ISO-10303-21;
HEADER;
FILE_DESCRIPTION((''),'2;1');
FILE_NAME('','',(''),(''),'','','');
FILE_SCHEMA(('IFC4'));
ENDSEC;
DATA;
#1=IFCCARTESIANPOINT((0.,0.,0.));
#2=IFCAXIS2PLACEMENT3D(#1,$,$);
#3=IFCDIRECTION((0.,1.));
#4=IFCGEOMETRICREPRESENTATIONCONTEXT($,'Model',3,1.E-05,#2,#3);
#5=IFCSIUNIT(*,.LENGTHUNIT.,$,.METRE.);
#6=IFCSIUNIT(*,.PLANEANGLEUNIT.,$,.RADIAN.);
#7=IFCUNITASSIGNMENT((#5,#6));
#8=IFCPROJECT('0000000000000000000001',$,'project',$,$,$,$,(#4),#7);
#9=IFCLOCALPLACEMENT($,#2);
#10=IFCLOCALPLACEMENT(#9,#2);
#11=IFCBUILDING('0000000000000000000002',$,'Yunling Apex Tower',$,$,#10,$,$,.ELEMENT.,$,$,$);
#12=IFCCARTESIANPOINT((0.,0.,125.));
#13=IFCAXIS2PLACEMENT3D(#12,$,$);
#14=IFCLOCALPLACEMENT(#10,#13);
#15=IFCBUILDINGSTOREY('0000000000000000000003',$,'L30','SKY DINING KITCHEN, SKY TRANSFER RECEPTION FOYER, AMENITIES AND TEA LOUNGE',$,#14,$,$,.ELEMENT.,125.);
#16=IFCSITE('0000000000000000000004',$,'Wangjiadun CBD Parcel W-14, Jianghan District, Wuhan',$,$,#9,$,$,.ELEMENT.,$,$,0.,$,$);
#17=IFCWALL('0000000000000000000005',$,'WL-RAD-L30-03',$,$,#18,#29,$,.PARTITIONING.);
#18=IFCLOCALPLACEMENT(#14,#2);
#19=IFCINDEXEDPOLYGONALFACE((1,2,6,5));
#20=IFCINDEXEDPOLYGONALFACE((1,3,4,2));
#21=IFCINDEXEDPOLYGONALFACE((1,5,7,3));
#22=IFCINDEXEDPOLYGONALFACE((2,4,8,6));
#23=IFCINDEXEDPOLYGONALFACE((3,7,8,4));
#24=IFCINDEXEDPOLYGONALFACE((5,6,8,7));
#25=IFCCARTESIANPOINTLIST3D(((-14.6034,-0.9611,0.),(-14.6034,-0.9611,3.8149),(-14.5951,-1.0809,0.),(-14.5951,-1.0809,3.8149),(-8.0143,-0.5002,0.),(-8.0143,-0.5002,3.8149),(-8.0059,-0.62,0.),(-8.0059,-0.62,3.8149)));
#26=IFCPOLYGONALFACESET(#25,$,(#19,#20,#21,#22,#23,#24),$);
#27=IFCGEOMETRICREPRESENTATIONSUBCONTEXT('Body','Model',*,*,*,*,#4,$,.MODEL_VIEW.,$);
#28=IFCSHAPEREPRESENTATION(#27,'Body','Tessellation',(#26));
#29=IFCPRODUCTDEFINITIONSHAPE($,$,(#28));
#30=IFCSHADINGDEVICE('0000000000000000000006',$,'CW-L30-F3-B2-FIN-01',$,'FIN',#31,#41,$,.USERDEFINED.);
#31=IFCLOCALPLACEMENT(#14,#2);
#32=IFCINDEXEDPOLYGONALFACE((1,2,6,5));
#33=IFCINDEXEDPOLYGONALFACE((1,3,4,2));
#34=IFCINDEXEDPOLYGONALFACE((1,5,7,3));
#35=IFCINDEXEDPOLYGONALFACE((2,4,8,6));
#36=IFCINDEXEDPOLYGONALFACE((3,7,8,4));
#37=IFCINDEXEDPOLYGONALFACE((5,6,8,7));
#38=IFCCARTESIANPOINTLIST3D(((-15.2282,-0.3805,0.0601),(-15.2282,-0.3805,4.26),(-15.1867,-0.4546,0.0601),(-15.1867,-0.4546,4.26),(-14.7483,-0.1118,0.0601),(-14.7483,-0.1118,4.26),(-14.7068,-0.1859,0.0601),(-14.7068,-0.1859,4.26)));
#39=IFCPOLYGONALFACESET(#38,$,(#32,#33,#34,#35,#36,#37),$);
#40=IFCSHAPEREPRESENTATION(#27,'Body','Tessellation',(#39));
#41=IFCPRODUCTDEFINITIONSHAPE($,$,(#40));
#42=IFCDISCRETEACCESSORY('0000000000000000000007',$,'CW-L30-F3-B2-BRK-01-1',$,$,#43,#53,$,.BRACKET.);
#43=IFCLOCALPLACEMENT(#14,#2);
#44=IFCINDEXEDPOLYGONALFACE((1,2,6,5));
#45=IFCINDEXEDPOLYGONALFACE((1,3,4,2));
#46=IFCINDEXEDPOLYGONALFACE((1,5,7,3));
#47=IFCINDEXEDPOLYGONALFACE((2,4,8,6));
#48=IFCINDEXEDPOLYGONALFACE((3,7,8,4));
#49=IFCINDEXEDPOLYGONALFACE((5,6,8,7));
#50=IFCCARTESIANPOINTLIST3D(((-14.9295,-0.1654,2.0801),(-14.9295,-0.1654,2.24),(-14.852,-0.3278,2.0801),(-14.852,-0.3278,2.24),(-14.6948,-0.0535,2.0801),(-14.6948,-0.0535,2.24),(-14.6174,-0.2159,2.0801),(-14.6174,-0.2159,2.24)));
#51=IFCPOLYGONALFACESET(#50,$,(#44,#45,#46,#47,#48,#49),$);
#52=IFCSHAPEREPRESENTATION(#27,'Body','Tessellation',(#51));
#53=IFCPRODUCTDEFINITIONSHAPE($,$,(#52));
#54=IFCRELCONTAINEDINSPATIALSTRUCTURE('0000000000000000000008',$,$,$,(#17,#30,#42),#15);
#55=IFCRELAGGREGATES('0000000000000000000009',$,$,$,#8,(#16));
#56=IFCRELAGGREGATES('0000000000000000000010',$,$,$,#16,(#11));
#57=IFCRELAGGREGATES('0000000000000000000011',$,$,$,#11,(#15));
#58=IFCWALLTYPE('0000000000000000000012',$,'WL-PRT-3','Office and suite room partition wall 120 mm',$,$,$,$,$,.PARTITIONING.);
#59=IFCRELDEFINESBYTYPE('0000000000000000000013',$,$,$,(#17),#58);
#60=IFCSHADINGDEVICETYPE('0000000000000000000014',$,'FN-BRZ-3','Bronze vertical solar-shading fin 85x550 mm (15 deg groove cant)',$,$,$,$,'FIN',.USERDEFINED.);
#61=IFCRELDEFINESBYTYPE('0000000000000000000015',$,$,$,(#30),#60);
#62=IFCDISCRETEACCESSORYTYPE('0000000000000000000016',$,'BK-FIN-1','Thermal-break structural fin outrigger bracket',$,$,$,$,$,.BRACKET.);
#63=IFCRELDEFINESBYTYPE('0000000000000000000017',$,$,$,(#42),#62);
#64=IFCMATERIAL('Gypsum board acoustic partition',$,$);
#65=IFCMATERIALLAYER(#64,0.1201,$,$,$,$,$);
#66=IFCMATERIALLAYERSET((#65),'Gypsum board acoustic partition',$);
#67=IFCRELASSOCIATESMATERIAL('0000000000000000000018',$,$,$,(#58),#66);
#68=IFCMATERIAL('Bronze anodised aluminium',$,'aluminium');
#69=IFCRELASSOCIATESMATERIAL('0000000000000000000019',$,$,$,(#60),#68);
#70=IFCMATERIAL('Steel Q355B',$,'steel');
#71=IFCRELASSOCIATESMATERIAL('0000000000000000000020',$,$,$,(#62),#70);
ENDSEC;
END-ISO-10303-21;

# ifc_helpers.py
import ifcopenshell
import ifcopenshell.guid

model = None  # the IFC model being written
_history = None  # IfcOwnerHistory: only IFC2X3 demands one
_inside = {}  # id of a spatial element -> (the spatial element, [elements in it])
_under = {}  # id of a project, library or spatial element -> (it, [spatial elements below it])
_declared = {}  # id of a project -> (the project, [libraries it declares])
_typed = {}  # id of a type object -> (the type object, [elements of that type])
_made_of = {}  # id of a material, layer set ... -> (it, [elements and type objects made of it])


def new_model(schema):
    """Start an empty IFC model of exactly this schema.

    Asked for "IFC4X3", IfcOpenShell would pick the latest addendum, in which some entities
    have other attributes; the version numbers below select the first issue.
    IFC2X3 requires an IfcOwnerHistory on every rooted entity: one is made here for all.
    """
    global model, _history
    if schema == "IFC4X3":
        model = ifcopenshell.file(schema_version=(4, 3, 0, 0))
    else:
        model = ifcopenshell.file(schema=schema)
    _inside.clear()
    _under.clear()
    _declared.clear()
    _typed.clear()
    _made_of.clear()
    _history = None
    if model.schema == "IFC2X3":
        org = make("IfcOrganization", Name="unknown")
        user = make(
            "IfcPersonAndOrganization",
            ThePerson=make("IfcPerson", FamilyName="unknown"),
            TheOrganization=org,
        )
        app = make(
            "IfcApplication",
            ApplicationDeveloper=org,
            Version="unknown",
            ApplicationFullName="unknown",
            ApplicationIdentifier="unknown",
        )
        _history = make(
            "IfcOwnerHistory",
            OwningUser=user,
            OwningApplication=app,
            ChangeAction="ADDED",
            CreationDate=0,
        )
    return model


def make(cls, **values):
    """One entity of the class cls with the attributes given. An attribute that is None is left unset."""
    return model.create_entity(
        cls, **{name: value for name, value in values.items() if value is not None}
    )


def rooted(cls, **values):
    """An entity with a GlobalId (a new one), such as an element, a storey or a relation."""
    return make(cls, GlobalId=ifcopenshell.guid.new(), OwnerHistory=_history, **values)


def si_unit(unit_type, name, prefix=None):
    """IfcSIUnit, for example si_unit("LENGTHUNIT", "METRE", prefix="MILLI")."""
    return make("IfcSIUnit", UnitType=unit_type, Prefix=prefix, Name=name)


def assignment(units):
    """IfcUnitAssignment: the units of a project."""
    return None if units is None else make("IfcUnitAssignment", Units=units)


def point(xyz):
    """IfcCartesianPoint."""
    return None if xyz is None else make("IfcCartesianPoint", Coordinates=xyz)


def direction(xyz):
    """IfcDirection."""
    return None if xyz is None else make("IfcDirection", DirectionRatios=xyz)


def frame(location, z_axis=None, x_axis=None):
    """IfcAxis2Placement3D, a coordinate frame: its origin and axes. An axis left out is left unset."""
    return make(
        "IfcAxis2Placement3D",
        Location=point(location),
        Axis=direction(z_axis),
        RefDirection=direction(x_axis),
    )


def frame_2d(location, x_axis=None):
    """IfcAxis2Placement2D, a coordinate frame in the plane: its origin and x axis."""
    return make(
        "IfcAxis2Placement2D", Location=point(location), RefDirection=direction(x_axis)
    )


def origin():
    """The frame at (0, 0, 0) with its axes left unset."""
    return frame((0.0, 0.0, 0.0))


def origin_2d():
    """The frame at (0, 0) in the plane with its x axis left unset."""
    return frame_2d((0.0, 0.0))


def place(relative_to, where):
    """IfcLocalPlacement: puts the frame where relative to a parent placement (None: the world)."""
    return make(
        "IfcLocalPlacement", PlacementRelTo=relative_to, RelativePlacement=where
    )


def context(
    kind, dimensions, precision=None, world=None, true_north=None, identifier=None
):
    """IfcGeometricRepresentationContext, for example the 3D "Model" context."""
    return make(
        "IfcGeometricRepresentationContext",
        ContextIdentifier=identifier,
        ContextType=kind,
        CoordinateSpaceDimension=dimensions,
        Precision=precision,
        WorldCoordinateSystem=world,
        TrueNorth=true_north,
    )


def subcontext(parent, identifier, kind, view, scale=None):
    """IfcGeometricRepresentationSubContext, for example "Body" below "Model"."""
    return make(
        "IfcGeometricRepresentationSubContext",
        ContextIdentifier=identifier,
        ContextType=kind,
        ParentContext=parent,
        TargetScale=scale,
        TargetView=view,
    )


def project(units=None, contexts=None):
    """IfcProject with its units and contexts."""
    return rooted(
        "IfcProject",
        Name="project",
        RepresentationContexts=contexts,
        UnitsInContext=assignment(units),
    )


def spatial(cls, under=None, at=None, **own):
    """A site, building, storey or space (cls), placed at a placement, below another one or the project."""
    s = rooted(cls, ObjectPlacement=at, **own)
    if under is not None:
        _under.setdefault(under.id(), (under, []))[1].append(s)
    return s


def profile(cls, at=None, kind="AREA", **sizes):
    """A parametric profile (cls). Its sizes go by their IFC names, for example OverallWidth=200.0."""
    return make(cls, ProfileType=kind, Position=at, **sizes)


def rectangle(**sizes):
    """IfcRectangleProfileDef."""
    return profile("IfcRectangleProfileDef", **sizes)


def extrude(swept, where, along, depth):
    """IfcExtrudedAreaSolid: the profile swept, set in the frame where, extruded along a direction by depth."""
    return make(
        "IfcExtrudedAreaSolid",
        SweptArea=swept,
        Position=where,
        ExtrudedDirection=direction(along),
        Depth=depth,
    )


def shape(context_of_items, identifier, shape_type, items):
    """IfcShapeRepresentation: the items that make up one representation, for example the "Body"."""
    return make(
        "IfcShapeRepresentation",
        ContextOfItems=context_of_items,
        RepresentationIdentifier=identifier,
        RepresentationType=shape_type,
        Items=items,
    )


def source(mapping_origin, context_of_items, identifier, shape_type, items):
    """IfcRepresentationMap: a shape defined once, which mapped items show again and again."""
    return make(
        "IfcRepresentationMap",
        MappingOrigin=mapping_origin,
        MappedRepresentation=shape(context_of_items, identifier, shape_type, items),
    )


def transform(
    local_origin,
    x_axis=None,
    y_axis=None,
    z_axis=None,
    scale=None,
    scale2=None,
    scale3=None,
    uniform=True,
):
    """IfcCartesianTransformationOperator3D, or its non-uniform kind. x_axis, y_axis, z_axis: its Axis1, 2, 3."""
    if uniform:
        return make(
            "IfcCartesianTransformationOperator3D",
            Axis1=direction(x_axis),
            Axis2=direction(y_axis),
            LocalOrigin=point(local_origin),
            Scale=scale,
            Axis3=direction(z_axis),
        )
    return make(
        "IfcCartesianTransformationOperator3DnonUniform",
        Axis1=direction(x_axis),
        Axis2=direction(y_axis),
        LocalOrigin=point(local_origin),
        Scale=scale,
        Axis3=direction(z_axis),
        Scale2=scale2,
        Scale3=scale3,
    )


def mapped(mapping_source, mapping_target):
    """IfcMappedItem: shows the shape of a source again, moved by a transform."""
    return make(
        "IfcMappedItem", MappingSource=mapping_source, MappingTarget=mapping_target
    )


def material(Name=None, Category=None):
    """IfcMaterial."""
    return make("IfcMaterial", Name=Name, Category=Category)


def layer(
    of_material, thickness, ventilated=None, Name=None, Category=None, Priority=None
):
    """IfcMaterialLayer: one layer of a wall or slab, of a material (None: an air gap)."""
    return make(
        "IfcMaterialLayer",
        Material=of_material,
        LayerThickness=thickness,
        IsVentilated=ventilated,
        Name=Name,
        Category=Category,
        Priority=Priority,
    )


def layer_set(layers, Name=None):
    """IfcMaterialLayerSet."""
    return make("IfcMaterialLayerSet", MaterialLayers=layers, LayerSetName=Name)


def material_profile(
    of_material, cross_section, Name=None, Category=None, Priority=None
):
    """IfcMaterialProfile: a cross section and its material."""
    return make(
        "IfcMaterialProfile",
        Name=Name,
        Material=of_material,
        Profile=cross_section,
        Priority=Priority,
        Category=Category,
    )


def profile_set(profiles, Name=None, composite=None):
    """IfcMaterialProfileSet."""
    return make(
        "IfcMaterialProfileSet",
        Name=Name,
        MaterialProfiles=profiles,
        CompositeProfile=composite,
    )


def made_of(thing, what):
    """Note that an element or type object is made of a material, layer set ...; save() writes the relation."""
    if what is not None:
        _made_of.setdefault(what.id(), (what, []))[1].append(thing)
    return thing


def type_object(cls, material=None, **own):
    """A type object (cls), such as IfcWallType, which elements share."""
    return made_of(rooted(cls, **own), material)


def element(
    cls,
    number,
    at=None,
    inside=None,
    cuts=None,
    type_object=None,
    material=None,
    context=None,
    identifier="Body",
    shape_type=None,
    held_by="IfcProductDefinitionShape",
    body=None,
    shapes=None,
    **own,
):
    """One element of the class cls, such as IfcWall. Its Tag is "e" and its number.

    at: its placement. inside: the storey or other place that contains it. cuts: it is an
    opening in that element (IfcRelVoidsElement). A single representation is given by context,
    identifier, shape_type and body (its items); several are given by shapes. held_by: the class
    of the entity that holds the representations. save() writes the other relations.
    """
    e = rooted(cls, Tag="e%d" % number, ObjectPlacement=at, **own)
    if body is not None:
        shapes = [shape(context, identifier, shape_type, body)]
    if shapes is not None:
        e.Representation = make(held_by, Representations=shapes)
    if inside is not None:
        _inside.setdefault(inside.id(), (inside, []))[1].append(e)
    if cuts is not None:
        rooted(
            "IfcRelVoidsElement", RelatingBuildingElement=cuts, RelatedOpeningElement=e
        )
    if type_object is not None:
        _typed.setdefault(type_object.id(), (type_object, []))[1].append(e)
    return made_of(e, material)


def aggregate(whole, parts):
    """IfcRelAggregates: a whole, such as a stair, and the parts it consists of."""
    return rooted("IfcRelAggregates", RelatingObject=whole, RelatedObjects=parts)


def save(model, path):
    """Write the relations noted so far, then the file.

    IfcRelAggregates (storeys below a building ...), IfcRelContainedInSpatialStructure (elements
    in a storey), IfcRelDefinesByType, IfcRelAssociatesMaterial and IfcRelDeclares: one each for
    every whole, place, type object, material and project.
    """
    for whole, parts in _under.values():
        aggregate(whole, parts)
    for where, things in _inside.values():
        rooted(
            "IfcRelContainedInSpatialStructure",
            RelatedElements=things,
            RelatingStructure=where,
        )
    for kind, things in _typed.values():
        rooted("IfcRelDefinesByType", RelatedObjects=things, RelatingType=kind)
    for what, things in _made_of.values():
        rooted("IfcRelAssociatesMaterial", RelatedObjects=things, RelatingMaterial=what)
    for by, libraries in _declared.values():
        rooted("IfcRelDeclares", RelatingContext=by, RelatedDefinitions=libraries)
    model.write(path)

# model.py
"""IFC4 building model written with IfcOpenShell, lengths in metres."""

from ifc_helpers import new_model, si_unit, direction, frame, frame_2d, origin, origin_2d, place, context, subcontext, project, spatial, rectangle, extrude, source, transform, mapped, material, layer, layer_set, material_profile, profile_set, type_object, element, save


model = new_model("IFC4")

# Units and contexts
model_context = context("Model", 3, precision=1e-05, world=origin(), true_north=direction((0.0, 1.0)))
body_context = subcontext(model_context, "Body", "Model", "MODEL_VIEW")
ifc_project = project(units=[si_unit("LENGTHUNIT", "METRE"), si_unit("PLANEANGLEUNIT", "RADIAN")], contexts=[model_context])

# Site, building, storey
site_placement = place(None, origin())
site = spatial("IfcSite", under=ifc_project, at=site_placement, Name="Wangjiadun CBD Parcel W-14, Jianghan District, Wuhan", CompositionType="ELEMENT", RefElevation=0.0)
building_placement = place(site_placement, origin())
building = spatial("IfcBuilding", under=site, at=building_placement, Name="Yunling Apex Tower", CompositionType="ELEMENT")
storey_placement = place(building_placement, frame((0.0, 0.0, 125.0)))
storey = spatial("IfcBuildingStorey", under=building, at=storey_placement, Name="L30", Description="SKY DINING KITCHEN, SKY TRANSFER RECEPTION FOYER, AMENITIES AND TEA LOUNGE", CompositionType="ELEMENT", Elevation=125.0)

# Shared definitions
ifc_material_1 = material(Name="Steel Q355B", Category="steel")

# Shared definitions
ifc_material_2 = material(Name="Bronze anodised aluminium", Category="aluminium")

# Wall
ifc_material_3 = material(Name="Gypsum board acoustic partition")
ifc_layer_1 = layer(ifc_material_3, 0.1201)
ifc_layer_set_1 = layer_set([ifc_layer_1], Name="Gypsum board acoustic partition")
wall_type_1 = type_object("IfcWallType", Name="WL-PRT-3", Description="Office and suite room partition wall 120 mm", PredefinedType="PARTITIONING", material=ifc_layer_set_1)
wall_1_placement = place(storey_placement, frame((-8.01, -0.5601, 0.0), z_axis=(0.0, 0.0, 1.0), x_axis=(-0.997562, -0.069784, 0.0)))
element("IfcWall", 1, at=wall_1_placement, inside=storey, type_object=wall_type_1, Name="WL-RAD-L30-03", PredefinedType="PARTITIONING", context=body_context, shape_type="SweptSolid", body=[
    extrude(rectangle(XDim=6.6052, YDim=0.1201, at=frame_2d((3.3027, 0.0))), origin(), (0.0, 0.0, 1.0), 3.8149),
])

# Shading device
ifc_material_profile_1 = material_profile(ifc_material_2, rectangle(XDim=0.085, YDim=0.55, at=origin_2d()))
ifc_profile_set_1 = profile_set([ifc_material_profile_1], Name="Bronze anodised aluminium")
shading_device_type = type_object("IfcShadingDeviceType", Name="FN-BRZ-3", Description="Bronze vertical solar-shading fin 85x550 mm (15 deg groove cant)", ElementType="FIN", PredefinedType="USERDEFINED", material=ifc_profile_set_1)
shared_shape_1 = source(origin(), body_context, "Body", "SweptSolid", [
    extrude(rectangle(XDim=0.085, YDim=0.55, at=origin_2d()), origin(), (0.0, 0.0, 1.0), 4.2),
])
shading_device_placement = place(storey_placement, frame((-14.9675, -0.2832, 0.0601), z_axis=(0.0, 0.0, 1.0), x_axis=(0.488621, -0.872496, 0.0)))
element("IfcShadingDevice", 2, at=shading_device_placement, inside=storey, type_object=shading_device_type, Name="CW-L30-F3-B2-FIN-01", ObjectType="FIN", PredefinedType="USERDEFINED", context=body_context, shape_type="MappedRepresentation", body=[
    mapped(shared_shape_1, transform((0.0, 0.0, 0.0), scale=1.0)),
])

# Discrete accessory
discrete_accessory_type = type_object("IfcDiscreteAccessoryType", Name="BK-FIN-1", Description="Thermal-break structural fin outrigger bracket", PredefinedType="BRACKET", material=ifc_material_1)
shared_shape_2 = source(origin(), body_context, "Body", "SweptSolid", [
    extrude(rectangle(XDim=0.1799, YDim=0.26, at=origin_2d()), origin(), (0.0, 0.0, 1.0), 0.1599),
])
discrete_accessory_placement = place(storey_placement, frame((-14.7734, -0.1907, 2.0801), z_axis=(0.0, 0.0, 1.0), x_axis=(0.430511, -0.902585, 0.0)))
element("IfcDiscreteAccessory", 3, at=discrete_accessory_placement, inside=storey, type_object=discrete_accessory_type, Name="CW-L30-F3-B2-BRK-01-1", PredefinedType="BRACKET", context=body_context, shape_type="MappedRepresentation", body=[
    mapped(shared_shape_2, transform((0.0, 0.0, 0.0), scale=1.0)),
])

save(model, "model.ifc")
